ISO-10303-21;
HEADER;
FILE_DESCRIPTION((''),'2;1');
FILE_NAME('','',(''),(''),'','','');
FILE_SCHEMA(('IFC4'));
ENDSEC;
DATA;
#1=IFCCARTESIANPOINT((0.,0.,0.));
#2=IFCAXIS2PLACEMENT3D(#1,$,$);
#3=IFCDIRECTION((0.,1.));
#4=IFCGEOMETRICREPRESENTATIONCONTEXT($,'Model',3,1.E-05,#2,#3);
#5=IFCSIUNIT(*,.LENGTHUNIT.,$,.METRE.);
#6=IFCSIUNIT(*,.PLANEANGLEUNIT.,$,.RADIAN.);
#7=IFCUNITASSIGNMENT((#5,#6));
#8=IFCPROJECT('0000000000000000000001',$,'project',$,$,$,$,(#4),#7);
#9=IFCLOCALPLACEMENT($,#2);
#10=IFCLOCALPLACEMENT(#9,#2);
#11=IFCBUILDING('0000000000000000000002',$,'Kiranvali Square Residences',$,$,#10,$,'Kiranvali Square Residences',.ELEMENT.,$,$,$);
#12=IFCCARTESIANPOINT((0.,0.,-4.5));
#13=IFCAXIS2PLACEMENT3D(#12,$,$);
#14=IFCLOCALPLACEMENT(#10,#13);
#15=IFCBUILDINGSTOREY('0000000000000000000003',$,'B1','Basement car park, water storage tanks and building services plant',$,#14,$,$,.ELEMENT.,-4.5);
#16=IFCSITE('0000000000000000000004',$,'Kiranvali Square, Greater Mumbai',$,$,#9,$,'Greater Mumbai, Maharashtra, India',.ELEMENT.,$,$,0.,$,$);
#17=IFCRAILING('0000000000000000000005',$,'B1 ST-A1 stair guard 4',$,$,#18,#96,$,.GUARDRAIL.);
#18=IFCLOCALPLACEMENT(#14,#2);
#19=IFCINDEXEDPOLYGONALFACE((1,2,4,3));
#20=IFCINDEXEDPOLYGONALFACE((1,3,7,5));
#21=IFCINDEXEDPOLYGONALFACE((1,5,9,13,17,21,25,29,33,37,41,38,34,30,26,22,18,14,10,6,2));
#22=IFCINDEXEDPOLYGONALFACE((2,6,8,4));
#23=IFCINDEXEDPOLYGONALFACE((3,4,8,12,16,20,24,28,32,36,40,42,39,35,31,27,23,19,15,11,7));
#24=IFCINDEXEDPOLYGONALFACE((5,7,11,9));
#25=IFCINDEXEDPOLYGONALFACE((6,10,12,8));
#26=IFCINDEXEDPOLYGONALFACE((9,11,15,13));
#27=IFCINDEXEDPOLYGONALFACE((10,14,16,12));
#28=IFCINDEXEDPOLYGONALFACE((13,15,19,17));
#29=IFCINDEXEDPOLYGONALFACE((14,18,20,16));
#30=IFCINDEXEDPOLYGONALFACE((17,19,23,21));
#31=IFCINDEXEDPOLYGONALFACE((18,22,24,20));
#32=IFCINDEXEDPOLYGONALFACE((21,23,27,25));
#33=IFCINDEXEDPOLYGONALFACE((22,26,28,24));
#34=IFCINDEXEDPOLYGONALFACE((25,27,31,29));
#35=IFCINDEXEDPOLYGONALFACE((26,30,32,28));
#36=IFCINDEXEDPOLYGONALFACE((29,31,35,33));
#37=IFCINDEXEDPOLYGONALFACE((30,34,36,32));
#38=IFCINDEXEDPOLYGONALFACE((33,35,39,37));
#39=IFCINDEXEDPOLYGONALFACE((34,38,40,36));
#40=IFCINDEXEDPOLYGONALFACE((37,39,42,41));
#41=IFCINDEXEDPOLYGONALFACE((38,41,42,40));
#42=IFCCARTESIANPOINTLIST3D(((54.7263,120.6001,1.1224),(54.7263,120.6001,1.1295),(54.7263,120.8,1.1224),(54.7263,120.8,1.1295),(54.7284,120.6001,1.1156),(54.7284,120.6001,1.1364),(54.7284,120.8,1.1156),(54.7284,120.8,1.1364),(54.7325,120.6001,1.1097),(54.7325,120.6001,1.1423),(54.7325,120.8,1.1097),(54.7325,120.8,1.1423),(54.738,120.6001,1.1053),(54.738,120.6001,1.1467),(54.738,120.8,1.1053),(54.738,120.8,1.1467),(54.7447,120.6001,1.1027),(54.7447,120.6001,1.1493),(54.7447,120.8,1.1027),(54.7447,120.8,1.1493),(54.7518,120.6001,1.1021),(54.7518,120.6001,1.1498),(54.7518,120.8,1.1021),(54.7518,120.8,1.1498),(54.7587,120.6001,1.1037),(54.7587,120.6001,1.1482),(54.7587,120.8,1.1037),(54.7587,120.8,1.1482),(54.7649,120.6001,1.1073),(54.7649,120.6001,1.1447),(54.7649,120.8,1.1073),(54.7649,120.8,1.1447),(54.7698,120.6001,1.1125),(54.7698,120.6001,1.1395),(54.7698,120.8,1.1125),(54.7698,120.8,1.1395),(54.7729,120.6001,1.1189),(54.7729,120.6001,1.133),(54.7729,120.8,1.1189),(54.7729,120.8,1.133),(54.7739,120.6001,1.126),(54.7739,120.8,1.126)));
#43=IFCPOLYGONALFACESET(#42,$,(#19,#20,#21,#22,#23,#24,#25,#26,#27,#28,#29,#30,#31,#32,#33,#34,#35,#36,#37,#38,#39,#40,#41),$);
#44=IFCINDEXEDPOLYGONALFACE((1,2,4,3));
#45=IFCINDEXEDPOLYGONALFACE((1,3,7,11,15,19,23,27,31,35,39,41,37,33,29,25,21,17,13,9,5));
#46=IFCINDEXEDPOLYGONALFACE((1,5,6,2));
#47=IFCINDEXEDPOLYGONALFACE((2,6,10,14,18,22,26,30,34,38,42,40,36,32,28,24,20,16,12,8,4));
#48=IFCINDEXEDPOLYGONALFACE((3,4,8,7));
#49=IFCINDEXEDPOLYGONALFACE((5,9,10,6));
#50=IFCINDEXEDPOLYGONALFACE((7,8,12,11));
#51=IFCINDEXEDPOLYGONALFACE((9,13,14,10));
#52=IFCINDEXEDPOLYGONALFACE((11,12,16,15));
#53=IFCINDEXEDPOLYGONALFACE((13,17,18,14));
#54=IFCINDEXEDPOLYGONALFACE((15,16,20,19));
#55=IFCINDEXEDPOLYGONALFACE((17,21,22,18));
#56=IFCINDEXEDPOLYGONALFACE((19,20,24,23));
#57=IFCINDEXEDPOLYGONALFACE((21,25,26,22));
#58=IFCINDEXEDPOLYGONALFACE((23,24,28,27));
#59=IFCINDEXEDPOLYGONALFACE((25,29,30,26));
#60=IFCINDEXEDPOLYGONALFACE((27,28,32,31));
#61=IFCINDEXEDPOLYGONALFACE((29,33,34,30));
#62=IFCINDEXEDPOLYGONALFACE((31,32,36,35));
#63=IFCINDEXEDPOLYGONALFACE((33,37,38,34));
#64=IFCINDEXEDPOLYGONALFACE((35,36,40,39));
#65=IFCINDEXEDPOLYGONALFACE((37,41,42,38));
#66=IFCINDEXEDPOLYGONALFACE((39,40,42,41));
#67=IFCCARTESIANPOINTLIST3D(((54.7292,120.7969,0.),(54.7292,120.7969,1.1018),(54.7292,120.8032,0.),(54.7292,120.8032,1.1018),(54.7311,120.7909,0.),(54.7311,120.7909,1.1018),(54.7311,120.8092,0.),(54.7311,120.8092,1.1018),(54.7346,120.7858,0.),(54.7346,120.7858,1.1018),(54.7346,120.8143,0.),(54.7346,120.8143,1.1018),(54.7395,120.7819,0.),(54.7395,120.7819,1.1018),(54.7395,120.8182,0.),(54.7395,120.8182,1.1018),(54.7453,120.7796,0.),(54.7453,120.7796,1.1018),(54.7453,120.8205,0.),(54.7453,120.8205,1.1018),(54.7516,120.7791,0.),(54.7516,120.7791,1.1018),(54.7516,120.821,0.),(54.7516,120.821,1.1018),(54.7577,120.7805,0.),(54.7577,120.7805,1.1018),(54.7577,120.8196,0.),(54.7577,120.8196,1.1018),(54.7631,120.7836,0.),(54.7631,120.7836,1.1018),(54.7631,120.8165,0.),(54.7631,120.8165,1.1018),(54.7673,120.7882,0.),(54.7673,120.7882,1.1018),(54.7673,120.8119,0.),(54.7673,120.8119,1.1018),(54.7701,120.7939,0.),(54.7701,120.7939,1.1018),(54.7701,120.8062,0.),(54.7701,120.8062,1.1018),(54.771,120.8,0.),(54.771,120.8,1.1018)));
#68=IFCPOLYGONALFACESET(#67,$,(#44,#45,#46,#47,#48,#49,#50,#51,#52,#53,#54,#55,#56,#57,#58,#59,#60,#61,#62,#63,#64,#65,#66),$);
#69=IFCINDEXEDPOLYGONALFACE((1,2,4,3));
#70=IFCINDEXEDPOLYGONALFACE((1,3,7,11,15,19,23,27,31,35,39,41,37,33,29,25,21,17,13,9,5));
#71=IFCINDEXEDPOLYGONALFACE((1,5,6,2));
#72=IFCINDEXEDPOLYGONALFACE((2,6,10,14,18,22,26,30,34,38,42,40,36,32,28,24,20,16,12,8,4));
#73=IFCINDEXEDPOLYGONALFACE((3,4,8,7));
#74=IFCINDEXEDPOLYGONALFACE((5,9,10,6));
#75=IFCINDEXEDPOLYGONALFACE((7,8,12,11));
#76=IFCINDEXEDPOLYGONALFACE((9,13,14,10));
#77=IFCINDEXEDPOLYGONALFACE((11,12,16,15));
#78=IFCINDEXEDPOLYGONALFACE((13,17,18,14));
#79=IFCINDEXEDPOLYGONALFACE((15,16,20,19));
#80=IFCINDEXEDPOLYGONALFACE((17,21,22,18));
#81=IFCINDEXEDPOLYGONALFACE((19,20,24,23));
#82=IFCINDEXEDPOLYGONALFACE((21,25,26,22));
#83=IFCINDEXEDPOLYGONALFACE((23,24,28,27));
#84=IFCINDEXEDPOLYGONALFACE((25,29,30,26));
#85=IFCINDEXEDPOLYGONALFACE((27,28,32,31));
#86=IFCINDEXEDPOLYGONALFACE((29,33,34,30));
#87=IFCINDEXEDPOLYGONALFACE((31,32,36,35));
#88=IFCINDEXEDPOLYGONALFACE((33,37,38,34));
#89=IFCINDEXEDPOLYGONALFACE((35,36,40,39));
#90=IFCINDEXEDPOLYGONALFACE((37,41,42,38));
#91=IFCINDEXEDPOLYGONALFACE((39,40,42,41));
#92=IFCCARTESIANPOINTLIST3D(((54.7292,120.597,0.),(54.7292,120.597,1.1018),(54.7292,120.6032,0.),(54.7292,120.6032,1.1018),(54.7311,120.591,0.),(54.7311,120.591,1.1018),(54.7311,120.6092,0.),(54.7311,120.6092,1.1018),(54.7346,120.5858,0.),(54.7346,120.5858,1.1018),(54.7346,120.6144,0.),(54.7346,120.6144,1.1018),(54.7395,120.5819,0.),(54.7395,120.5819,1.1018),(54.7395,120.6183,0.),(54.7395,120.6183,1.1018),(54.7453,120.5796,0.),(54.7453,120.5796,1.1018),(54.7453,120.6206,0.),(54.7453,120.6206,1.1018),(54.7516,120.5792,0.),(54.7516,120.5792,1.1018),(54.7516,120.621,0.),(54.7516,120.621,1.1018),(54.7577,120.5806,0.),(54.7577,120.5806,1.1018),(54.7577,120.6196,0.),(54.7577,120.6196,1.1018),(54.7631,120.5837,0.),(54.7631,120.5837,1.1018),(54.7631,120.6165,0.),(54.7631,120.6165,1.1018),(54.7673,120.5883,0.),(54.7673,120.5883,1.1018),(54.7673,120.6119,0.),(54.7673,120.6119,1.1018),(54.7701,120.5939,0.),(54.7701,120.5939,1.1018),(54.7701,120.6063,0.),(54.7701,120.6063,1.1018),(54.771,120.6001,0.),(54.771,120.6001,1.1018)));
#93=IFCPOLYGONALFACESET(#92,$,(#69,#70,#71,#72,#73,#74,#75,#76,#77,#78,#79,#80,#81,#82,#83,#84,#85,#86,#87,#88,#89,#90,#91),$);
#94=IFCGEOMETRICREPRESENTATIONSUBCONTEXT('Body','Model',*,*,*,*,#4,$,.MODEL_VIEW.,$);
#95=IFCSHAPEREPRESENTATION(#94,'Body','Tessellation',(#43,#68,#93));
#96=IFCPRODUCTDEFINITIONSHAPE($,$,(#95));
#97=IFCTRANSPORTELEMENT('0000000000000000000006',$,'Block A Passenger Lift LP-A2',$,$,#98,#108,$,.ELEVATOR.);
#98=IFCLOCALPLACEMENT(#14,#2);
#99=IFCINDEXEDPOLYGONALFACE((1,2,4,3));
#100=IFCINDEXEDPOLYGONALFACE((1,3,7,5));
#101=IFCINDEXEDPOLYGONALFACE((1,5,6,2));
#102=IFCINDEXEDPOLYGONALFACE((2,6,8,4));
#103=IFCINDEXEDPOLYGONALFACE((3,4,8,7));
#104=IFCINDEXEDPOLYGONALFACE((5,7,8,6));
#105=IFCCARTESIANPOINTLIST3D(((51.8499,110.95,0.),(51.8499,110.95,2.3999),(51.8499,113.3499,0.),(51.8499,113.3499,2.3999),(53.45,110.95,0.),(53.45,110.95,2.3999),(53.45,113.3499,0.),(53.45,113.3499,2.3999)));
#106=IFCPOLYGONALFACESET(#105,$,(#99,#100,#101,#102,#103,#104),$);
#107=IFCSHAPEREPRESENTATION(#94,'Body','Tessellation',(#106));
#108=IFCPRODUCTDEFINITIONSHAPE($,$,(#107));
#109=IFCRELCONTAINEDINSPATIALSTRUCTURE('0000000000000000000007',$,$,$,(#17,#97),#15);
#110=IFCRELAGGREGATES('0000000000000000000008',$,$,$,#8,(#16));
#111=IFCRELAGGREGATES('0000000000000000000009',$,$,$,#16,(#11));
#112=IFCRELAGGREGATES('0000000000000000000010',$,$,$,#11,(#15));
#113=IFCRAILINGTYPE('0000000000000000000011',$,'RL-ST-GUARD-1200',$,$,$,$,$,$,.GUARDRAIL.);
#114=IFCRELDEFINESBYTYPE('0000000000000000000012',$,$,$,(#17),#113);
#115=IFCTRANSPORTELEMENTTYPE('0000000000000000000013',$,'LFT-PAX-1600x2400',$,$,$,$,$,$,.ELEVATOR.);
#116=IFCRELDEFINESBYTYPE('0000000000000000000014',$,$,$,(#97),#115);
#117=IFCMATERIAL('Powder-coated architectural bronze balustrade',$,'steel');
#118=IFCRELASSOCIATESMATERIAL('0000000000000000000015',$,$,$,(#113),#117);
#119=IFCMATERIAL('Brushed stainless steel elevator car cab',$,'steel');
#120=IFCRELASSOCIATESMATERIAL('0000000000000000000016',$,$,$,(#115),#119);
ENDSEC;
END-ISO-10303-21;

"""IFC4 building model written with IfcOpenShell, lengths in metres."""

from ifc_helpers import new_model, si_unit, direction, frame, origin, origin_2d, place, context, subcontext, project, spatial, rectangle, circle, extrude, material, type_object, element, save


model = new_model("IFC4")

# Units and contexts
model_context = context("Model", 3, precision=1e-05, world=origin(), true_north=direction((0.0, 1.0)))
body_context = subcontext(model_context, "Body", "Model", "MODEL_VIEW")
ifc_project = project(units=[si_unit("LENGTHUNIT", "METRE"), si_unit("PLANEANGLEUNIT", "RADIAN")], contexts=[model_context])

# Site, building, storey
site_placement = place(None, origin())
site = spatial("IfcSite", under=ifc_project, at=site_placement, Name="Kiranvali Square, Greater Mumbai", LongName="Greater Mumbai, Maharashtra, India", CompositionType="ELEMENT", RefElevation=0.0)
building_placement = place(site_placement, origin())
building = spatial("IfcBuilding", under=site, at=building_placement, Name="Kiranvali Square Residences", LongName="Kiranvali Square Residences", CompositionType="ELEMENT")
storey_placement = place(building_placement, frame((0.0, 0.0, -4.5)))
storey = spatial("IfcBuildingStorey", under=building, at=storey_placement, Name="B1", Description="Basement car park, water storage tanks and building services plant", CompositionType="ELEMENT", Elevation=-4.5)

# Railing
ifc_material_1 = material(Name="Powder-coated architectural bronze balustrade", Category="steel")
railing_type_1 = type_object("IfcRailingType", Name="RL-ST-GUARD-1200", PredefinedType="GUARDRAIL", material=ifc_material_1)
railing_1_placement = place(storey_placement, frame((54.75, 120.8, 0.0)))
element("IfcRailing", 1, at=railing_1_placement, inside=storey, type_object=railing_type_1, Name="B1 ST-A1 stair guard 4", PredefinedType="GUARDRAIL", context=body_context, shape_type="SweptSolid", body=[
    extrude(circle(Radius=0.0239, at=origin_2d()), frame((0.0, 0.0, 1.126), z_axis=(0.0, -1.0, 0.0), x_axis=(1.0, 0.0, 0.0)), (0.0, 0.0, 1.0), 0.2),
    extrude(circle(Radius=0.021, at=origin_2d()), origin(), (0.0, 0.0, 1.0), 1.1018),
    extrude(circle(Radius=0.021, at=origin_2d()), frame((0.0, -0.2, 0.0)), (0.0, 0.0, 1.0), 1.1018),
])

# Transport element
ifc_material_2 = material(Name="Brushed stainless steel elevator car cab", Category="steel")
transport_element_type = type_object("IfcTransportElementType", Name="LFT-PAX-1600x2400", PredefinedType="ELEVATOR", material=ifc_material_2)
transport_element_placement = place(storey_placement, frame((52.6499, 112.1499, 0.0), z_axis=(0.0, 0.0, 1.0), x_axis=(1.0, 0.0, 0.0)))
element("IfcTransportElement", 2, at=transport_element_placement, inside=storey, type_object=transport_element_type, Name="Block A Passenger Lift LP-A2", PredefinedType="ELEVATOR", context=body_context, shape_type="SweptSolid", body=[
    extrude(rectangle(XDim=1.6001, YDim=2.3999, at=origin_2d()), origin(), (0.0, 0.0, 1.0), 2.3999),
])

save(model, "model.ifc")
